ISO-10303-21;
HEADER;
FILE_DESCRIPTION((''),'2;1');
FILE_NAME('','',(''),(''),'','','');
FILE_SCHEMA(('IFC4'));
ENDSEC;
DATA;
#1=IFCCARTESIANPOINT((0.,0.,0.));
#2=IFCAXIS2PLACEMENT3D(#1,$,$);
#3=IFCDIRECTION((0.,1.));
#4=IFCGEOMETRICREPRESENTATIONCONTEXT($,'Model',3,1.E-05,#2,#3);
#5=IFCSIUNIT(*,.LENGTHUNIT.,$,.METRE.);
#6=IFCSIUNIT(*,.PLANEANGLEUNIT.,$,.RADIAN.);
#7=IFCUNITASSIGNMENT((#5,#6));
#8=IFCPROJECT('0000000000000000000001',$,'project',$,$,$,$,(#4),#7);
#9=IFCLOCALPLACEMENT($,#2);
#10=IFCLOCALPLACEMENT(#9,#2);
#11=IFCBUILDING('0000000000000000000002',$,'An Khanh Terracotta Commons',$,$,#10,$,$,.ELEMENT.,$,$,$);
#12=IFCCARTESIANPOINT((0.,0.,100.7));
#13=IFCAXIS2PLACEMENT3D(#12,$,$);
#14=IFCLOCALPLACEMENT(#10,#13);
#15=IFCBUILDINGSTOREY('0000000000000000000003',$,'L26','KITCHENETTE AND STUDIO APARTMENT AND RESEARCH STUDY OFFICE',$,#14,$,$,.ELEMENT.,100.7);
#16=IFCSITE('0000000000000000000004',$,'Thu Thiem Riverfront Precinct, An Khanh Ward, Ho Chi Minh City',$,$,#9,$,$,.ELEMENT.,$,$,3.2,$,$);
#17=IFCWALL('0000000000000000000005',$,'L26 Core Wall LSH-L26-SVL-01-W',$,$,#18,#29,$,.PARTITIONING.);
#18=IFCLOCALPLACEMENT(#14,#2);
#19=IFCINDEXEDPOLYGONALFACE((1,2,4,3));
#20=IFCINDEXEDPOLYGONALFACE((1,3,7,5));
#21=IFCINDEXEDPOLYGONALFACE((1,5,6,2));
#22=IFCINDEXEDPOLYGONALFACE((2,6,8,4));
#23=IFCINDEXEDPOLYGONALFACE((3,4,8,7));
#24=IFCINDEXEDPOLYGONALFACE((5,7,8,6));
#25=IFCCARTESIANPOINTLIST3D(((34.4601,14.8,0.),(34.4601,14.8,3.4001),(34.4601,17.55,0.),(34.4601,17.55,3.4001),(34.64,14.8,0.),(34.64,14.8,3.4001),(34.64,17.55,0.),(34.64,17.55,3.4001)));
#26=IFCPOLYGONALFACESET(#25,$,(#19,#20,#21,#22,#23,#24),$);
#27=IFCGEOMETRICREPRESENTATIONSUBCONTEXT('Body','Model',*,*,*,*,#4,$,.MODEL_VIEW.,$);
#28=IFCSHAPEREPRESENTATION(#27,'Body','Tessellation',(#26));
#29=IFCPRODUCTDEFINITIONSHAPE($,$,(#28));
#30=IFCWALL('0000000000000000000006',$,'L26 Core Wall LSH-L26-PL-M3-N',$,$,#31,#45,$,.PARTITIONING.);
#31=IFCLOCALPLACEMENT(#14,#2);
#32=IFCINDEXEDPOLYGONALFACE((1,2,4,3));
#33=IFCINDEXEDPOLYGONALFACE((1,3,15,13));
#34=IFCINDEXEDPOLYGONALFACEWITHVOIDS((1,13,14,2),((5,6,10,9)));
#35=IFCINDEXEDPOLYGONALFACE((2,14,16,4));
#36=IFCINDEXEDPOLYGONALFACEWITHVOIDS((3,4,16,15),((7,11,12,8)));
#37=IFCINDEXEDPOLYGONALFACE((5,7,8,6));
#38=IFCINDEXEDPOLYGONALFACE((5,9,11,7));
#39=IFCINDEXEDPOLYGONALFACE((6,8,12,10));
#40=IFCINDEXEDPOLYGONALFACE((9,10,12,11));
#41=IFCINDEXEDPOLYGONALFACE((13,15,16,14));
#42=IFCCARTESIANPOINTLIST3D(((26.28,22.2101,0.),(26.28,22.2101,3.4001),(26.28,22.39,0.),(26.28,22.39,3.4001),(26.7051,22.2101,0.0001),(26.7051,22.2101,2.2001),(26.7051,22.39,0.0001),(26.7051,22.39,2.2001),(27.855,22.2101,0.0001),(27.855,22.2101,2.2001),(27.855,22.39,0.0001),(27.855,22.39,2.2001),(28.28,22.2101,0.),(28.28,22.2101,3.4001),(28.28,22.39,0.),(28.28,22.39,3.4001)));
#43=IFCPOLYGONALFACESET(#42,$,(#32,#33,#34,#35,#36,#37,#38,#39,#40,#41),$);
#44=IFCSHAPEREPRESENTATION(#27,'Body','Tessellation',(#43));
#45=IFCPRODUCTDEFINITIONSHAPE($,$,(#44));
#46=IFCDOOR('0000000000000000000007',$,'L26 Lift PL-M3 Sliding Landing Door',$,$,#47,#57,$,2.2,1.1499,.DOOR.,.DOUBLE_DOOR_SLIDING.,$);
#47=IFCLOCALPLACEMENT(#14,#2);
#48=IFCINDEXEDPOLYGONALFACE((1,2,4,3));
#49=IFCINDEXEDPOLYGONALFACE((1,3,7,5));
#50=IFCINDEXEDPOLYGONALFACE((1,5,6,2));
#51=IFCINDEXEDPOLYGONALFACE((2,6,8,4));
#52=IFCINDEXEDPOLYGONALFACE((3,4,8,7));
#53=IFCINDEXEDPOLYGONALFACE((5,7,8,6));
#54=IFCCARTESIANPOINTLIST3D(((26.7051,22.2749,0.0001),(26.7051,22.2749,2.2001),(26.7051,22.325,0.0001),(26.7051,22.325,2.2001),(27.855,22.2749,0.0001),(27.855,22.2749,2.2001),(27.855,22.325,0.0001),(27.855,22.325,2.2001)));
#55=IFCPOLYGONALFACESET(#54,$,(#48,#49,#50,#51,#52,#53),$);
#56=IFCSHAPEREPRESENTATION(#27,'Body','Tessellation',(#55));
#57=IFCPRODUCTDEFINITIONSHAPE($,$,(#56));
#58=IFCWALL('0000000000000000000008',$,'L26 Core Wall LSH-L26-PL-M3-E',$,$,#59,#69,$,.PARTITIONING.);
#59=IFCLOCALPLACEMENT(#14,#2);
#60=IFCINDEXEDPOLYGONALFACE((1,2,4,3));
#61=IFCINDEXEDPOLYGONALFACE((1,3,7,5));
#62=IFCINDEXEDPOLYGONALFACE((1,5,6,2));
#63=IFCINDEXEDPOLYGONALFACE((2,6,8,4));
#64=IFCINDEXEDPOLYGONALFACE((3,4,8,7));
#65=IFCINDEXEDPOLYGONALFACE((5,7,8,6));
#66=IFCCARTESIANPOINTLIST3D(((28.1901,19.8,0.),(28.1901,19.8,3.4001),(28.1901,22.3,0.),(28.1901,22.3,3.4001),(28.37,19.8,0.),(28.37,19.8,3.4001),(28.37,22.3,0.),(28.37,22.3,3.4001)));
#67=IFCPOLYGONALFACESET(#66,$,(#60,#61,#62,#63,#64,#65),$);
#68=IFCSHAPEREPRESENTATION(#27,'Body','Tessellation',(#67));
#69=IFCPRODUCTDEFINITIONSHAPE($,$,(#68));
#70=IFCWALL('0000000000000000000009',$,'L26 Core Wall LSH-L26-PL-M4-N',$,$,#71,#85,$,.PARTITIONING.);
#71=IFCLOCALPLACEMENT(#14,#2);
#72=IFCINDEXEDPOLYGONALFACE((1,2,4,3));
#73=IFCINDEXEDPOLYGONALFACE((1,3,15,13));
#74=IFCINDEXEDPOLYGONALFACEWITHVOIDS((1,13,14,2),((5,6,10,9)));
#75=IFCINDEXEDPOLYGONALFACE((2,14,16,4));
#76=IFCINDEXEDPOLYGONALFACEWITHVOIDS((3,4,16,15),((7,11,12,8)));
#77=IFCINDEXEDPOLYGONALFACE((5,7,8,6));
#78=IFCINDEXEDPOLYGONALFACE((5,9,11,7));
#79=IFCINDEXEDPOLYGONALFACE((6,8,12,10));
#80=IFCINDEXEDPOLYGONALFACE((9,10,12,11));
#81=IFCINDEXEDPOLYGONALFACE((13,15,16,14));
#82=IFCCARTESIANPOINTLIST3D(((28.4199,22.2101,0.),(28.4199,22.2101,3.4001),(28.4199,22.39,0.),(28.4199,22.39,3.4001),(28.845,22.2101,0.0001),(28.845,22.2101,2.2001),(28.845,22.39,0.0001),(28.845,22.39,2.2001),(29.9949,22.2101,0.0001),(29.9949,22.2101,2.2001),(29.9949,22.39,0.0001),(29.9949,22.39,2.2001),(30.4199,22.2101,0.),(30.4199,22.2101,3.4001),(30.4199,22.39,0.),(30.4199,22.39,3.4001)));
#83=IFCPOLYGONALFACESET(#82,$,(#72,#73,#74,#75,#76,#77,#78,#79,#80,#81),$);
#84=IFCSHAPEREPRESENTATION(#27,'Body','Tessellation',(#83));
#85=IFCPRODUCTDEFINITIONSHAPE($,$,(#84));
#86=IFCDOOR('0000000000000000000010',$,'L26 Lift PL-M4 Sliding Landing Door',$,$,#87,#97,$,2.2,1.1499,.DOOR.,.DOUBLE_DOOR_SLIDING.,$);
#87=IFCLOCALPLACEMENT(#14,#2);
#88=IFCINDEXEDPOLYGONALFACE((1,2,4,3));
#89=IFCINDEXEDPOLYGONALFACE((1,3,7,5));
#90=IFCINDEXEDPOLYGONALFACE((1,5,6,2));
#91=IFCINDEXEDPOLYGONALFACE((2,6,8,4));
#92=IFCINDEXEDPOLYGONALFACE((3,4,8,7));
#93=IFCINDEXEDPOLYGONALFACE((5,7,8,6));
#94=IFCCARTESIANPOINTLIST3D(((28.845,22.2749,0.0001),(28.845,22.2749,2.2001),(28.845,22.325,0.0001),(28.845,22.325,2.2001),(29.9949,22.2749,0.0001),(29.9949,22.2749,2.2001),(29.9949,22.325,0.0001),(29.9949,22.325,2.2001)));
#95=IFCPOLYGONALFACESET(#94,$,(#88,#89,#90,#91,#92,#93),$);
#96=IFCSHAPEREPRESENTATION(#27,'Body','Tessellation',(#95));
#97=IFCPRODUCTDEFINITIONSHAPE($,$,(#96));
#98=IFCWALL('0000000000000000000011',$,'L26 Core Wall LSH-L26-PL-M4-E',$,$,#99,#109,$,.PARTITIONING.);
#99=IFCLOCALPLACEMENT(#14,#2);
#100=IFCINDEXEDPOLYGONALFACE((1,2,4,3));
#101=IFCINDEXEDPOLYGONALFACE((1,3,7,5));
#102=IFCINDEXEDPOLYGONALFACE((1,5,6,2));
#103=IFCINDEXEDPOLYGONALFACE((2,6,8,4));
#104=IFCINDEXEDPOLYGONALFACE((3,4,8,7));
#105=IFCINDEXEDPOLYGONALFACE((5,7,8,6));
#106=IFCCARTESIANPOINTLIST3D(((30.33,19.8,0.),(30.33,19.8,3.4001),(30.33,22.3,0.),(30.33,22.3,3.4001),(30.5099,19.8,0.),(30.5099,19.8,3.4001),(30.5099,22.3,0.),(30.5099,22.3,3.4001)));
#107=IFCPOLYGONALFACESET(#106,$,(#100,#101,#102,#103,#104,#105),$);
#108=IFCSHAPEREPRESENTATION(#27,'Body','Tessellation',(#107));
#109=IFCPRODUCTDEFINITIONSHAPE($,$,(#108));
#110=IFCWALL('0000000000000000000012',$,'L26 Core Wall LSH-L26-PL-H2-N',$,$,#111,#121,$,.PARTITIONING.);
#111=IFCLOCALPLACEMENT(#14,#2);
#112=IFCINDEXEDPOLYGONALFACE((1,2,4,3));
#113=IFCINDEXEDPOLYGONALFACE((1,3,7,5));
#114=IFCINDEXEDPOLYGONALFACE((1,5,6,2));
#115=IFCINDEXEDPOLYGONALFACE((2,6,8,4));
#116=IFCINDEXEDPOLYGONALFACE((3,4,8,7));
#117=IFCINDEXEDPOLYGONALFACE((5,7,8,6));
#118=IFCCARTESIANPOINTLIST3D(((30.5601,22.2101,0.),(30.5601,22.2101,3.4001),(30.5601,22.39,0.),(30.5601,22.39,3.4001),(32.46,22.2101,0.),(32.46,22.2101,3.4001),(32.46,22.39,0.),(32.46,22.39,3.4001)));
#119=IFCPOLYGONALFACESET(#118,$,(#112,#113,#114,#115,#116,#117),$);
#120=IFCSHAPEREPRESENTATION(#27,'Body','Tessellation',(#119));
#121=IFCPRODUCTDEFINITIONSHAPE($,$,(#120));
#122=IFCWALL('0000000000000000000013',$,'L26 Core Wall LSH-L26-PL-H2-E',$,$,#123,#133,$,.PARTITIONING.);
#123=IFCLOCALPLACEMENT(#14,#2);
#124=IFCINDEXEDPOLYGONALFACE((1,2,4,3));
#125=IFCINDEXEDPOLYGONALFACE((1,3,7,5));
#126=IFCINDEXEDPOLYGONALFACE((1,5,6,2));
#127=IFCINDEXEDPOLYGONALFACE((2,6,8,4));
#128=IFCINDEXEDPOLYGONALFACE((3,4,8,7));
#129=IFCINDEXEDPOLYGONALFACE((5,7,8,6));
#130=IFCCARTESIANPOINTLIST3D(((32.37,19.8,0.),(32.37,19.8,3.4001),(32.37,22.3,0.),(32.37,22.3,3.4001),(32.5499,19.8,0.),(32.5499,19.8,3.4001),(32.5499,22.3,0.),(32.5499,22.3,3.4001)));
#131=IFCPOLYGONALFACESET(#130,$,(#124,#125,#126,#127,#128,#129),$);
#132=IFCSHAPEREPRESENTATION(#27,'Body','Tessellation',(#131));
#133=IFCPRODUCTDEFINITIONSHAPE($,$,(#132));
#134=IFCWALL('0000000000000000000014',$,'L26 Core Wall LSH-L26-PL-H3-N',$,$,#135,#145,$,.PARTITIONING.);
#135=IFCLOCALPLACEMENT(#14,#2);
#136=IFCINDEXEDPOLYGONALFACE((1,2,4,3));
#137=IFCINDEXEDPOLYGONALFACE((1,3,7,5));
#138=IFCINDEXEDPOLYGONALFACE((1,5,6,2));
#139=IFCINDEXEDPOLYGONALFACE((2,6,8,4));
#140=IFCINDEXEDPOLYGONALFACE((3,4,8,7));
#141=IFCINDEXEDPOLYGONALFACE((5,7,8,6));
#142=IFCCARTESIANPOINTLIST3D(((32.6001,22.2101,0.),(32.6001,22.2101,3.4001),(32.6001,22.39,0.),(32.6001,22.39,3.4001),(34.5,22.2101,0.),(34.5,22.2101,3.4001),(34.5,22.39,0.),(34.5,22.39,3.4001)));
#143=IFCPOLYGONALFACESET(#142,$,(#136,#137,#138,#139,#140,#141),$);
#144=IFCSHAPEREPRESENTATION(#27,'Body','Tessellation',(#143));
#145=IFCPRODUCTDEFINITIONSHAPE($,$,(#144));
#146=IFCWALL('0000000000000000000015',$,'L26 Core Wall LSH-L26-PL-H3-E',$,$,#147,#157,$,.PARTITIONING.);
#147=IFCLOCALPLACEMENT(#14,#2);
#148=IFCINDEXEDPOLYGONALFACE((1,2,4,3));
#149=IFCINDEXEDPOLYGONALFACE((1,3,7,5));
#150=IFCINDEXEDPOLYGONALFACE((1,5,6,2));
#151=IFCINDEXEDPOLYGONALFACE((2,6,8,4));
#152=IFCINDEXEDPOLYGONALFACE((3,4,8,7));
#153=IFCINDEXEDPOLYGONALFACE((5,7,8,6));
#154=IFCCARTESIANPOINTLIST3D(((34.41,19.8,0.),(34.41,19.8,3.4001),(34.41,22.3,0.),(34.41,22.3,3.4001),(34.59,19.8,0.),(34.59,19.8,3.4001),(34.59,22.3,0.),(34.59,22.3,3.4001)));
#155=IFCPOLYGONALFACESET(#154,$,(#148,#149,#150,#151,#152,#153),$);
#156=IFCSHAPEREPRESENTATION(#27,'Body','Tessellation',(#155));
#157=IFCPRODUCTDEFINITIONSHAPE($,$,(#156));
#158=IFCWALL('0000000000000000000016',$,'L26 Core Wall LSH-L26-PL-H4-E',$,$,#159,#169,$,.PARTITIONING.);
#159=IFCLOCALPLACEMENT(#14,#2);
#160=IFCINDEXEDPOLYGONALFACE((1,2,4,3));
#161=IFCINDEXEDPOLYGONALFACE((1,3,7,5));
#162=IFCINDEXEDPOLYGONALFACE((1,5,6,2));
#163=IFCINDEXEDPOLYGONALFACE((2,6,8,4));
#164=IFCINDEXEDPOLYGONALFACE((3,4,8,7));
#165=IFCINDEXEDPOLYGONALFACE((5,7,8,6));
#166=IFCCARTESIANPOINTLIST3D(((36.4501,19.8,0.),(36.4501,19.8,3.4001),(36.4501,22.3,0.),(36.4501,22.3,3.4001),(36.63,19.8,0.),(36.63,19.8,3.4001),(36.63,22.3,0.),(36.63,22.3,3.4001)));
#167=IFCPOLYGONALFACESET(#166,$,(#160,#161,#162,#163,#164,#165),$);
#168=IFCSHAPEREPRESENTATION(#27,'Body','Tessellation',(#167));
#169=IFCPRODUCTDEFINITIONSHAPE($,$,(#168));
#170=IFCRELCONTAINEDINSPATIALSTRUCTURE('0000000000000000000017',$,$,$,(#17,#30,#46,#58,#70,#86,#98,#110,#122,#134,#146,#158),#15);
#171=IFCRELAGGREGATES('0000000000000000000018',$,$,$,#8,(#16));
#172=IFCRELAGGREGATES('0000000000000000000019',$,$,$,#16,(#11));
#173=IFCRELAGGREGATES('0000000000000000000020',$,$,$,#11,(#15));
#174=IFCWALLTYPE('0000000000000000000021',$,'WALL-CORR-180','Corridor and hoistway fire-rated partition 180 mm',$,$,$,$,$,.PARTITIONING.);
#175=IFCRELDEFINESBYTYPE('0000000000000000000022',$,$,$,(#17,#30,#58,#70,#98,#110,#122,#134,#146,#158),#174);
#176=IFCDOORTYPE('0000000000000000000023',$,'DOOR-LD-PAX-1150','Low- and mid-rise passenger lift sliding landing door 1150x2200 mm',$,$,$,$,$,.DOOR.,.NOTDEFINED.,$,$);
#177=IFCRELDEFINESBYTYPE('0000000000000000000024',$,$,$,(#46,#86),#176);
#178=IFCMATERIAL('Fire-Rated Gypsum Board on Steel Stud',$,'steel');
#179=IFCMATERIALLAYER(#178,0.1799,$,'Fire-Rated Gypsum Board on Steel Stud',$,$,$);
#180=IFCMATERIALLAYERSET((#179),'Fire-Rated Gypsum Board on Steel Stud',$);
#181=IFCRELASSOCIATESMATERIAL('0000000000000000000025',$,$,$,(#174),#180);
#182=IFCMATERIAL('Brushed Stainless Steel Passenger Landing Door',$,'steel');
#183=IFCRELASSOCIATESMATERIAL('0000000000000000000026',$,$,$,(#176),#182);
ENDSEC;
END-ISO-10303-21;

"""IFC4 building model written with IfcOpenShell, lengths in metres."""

from ifc_helpers import new_model, si_unit, direction, frame, frame_2d, origin, place, context, subcontext, project, spatial, rectangle, extrude, material, layer, layer_set, type_object, element, fill, save


model = new_model("IFC4")

# Units and contexts
model_context = context("Model", 3, precision=1e-05, world=origin(), true_north=direction((0.0, 1.0)))
body_context = subcontext(model_context, "Body", "Model", "MODEL_VIEW")
ifc_project = project(units=[si_unit("LENGTHUNIT", "METRE"), si_unit("PLANEANGLEUNIT", "RADIAN")], contexts=[model_context])

# Site, building, storey
site_placement = place(None, origin())
site = spatial("IfcSite", under=ifc_project, at=site_placement, Name="Thu Thiem Riverfront Precinct, An Khanh Ward, Ho Chi Minh City", CompositionType="ELEMENT", RefElevation=3.2)
building_placement = place(site_placement, origin())
building = spatial("IfcBuilding", under=site, at=building_placement, Name="An Khanh Terracotta Commons", CompositionType="ELEMENT")
storey_placement = place(building_placement, frame((0.0, 0.0, 100.7)))
storey = spatial("IfcBuildingStorey", under=building, at=storey_placement, Name="L26", Description="KITCHENETTE AND STUDIO APARTMENT AND RESEARCH STUDY OFFICE", CompositionType="ELEMENT", Elevation=100.7)

# Shared definitions
ifc_material_1 = material(Name="Fire-Rated Gypsum Board on Steel Stud", Category="steel")
ifc_layer = layer(ifc_material_1, 0.1799, Name="Fire-Rated Gypsum Board on Steel Stud")
ifc_layer_set = layer_set([ifc_layer], Name="Fire-Rated Gypsum Board on Steel Stud")
wall_type = type_object("IfcWallType", Name="WALL-CORR-180", Description="Corridor and hoistway fire-rated partition 180 mm", PredefinedType="PARTITIONING", material=ifc_layer_set)

# Wall
wall_1_placement = place(storey_placement, frame((34.55, 17.55, 0.0), z_axis=(0.0, 0.0, 1.0), x_axis=(0.0, -1.0, 0.0)))
element("IfcWall", 1, at=wall_1_placement, inside=storey, type_object=wall_type, Name="L26 Core Wall LSH-L26-SVL-01-W", PredefinedType="PARTITIONING", context=body_context, shape_type="SweptSolid", body=[
    extrude(rectangle(XDim=2.75, YDim=0.1799, at=frame_2d((1.375, 0.0))), origin(), (0.0, 0.0, 1.0), 3.4001),
])

# Wall, opening, door
wall_2_placement = place(storey_placement, frame((26.28, 22.3, 0.0), z_axis=(0.0, 0.0, 1.0), x_axis=(1.0, 0.0, 0.0)))
wall_2 = element("IfcWall", 2, at=wall_2_placement, inside=storey, type_object=wall_type, Name="L26 Core Wall LSH-L26-PL-M3-N", PredefinedType="PARTITIONING", context=body_context, shape_type="SweptSolid", body=[
    extrude(rectangle(XDim=2.0, YDim=0.1799, at=frame_2d((1.0, 0.0))), origin(), (0.0, 0.0, 1.0), 3.4001),
])
opening_1_placement = place(wall_2_placement, frame((0.425, 0.0, 0.0)))
opening_1 = element("IfcOpeningElement", 3, at=opening_1_placement, cuts=wall_2, PredefinedType="OPENING", context=body_context, shape_type="SweptSolid", body=[
    extrude(rectangle(XDim=1.1499, YDim=2.2, at=frame_2d((0.575, 1.1001))), frame((0.0, 0.0999, 0.0), z_axis=(0.0, -1.0, 0.0), x_axis=(1.0, 0.0, 0.0)), (0.0, 0.0, 1.0), 0.2),
])
ifc_material_2 = material(Name="Brushed Stainless Steel Passenger Landing Door", Category="steel")
door_type_1 = type_object("IfcDoorType", Name="DOOR-LD-PAX-1150", Description="Low- and mid-rise passenger lift sliding landing door 1150x2200 mm", OperationType="NOTDEFINED", PredefinedType="DOOR", material=ifc_material_2)
door_1_placement = place(opening_1_placement, origin())
door_1 = element("IfcDoor", 4, at=door_1_placement, inside=storey, type_object=door_type_1, Name="L26 Lift PL-M3 Sliding Landing Door", OperationType="DOUBLE_DOOR_SLIDING", OverallHeight=2.2, OverallWidth=1.1499, PredefinedType="DOOR", context=body_context, shape_type="SweptSolid", body=[
    extrude(rectangle(XDim=1.1499, YDim=2.2, at=frame_2d((0.575, 1.1001))), frame((0.0, 0.0249, 0.0), z_axis=(0.0, -1.0, 0.0), x_axis=(1.0, 0.0, 0.0)), (0.0, 0.0, 1.0), 0.05),
])
fill(opening_1, door_1)

# Wall
wall_3_placement = place(storey_placement, frame((28.28, 19.8, 0.0), z_axis=(0.0, 0.0, 1.0), x_axis=(0.0, 1.0, 0.0)))
element("IfcWall", 5, at=wall_3_placement, inside=storey, type_object=wall_type, Name="L26 Core Wall LSH-L26-PL-M3-E", PredefinedType="PARTITIONING", context=body_context, shape_type="SweptSolid", body=[
    extrude(rectangle(XDim=2.5, YDim=0.1799, at=frame_2d((1.25, 0.0))), origin(), (0.0, 0.0, 1.0), 3.4001),
])

# Wall, opening, door
wall_4_placement = place(storey_placement, frame((28.4199, 22.3, 0.0), z_axis=(0.0, 0.0, 1.0), x_axis=(1.0, 0.0, 0.0)))
wall_4 = element("IfcWall", 6, at=wall_4_placement, inside=storey, type_object=wall_type, Name="L26 Core Wall LSH-L26-PL-M4-N", PredefinedType="PARTITIONING", context=body_context, shape_type="SweptSolid", body=[
    extrude(rectangle(XDim=2.0, YDim=0.1799, at=frame_2d((1.0, 0.0))), origin(), (0.0, 0.0, 1.0), 3.4001),
])
opening_2_placement = place(wall_4_placement, frame((0.425, 0.0, 0.0)))
opening_2 = element("IfcOpeningElement", 7, at=opening_2_placement, cuts=wall_4, PredefinedType="OPENING", context=body_context, shape_type="SweptSolid", body=[
    extrude(rectangle(XDim=1.1499, YDim=2.2, at=frame_2d((0.575, 1.1001))), frame((0.0, 0.0999, 0.0), z_axis=(0.0, -1.0, 0.0), x_axis=(1.0, 0.0, 0.0)), (0.0, 0.0, 1.0), 0.2),
])
door_2_placement = place(opening_2_placement, origin())
door_2 = element("IfcDoor", 8, at=door_2_placement, inside=storey, type_object=door_type_1, Name="L26 Lift PL-M4 Sliding Landing Door", OperationType="DOUBLE_DOOR_SLIDING", OverallHeight=2.2, OverallWidth=1.1499, PredefinedType="DOOR", context=body_context, shape_type="SweptSolid", body=[
    extrude(rectangle(XDim=1.1499, YDim=2.2, at=frame_2d((0.575, 1.1001))), frame((0.0, 0.0249, 0.0), z_axis=(0.0, -1.0, 0.0), x_axis=(1.0, 0.0, 0.0)), (0.0, 0.0, 1.0), 0.05),
])
fill(opening_2, door_2)

# Walls
wall_5_placement = place(storey_placement, frame((30.4199, 19.8, 0.0), z_axis=(0.0, 0.0, 1.0), x_axis=(0.0, 1.0, 0.0)))
element("IfcWall", 9, at=wall_5_placement, inside=storey, type_object=wall_type, Name="L26 Core Wall LSH-L26-PL-M4-E", PredefinedType="PARTITIONING", context=body_context, shape_type="SweptSolid", body=[
    extrude(rectangle(XDim=2.5, YDim=0.1799, at=frame_2d((1.25, 0.0))), origin(), (0.0, 0.0, 1.0), 3.4001),
])
wall_6_placement = place(storey_placement, frame((30.5601, 22.3, 0.0), z_axis=(0.0, 0.0, 1.0), x_axis=(1.0, 0.0, 0.0)))
element("IfcWall", 10, at=wall_6_placement, inside=storey, type_object=wall_type, Name="L26 Core Wall LSH-L26-PL-H2-N", PredefinedType="PARTITIONING", context=body_context, shape_type="SweptSolid", body=[
    extrude(rectangle(XDim=1.8999, YDim=0.1799, at=frame_2d((0.95, 0.0))), origin(), (0.0, 0.0, 1.0), 3.4001),
])
wall_7_placement = place(storey_placement, frame((32.46, 19.8, 0.0), z_axis=(0.0, 0.0, 1.0), x_axis=(0.0, 1.0, 0.0)))
element("IfcWall", 11, at=wall_7_placement, inside=storey, type_object=wall_type, Name="L26 Core Wall LSH-L26-PL-H2-E", PredefinedType="PARTITIONING", context=body_context, shape_type="SweptSolid", body=[
    extrude(rectangle(XDim=2.5, YDim=0.1799, at=frame_2d((1.25, 0.0))), origin(), (0.0, 0.0, 1.0), 3.4001),
])
wall_8_placement = place(storey_placement, frame((32.6001, 22.3, 0.0), z_axis=(0.0, 0.0, 1.0), x_axis=(1.0, 0.0, 0.0)))
element("IfcWall", 12, at=wall_8_placement, inside=storey, type_object=wall_type, Name="L26 Core Wall LSH-L26-PL-H3-N", PredefinedType="PARTITIONING", context=body_context, shape_type="SweptSolid", body=[
    extrude(rectangle(XDim=1.8999, YDim=0.1799, at=frame_2d((0.95, 0.0))), origin(), (0.0, 0.0, 1.0), 3.4001),
])
for number, where, z_axis, x_axis, name in (
    (13, (34.5, 19.8, 0.0), (0.0, 0.0, 1.0), (0.0, 1.0, 0.0), "L26 Core Wall LSH-L26-PL-H3-E"),
    (14, (36.54, 19.8, 0.0), (0.0, 0.0, 1.0), (0.0, 1.0, 0.0), "L26 Core Wall LSH-L26-PL-H4-E"),
):
    element("IfcWall", number, at=place(storey_placement, frame(where, z_axis=z_axis, x_axis=x_axis)), inside=storey, type_object=wall_type, Name=name, PredefinedType="PARTITIONING", context=body_context, shape_type="SweptSolid", body=[
        extrude(rectangle(XDim=2.5, YDim=0.1799, at=frame_2d((1.25, 0.0))), origin(), (0.0, 0.0, 1.0), 3.4001),
    ])

save(model, "model.ifc")
